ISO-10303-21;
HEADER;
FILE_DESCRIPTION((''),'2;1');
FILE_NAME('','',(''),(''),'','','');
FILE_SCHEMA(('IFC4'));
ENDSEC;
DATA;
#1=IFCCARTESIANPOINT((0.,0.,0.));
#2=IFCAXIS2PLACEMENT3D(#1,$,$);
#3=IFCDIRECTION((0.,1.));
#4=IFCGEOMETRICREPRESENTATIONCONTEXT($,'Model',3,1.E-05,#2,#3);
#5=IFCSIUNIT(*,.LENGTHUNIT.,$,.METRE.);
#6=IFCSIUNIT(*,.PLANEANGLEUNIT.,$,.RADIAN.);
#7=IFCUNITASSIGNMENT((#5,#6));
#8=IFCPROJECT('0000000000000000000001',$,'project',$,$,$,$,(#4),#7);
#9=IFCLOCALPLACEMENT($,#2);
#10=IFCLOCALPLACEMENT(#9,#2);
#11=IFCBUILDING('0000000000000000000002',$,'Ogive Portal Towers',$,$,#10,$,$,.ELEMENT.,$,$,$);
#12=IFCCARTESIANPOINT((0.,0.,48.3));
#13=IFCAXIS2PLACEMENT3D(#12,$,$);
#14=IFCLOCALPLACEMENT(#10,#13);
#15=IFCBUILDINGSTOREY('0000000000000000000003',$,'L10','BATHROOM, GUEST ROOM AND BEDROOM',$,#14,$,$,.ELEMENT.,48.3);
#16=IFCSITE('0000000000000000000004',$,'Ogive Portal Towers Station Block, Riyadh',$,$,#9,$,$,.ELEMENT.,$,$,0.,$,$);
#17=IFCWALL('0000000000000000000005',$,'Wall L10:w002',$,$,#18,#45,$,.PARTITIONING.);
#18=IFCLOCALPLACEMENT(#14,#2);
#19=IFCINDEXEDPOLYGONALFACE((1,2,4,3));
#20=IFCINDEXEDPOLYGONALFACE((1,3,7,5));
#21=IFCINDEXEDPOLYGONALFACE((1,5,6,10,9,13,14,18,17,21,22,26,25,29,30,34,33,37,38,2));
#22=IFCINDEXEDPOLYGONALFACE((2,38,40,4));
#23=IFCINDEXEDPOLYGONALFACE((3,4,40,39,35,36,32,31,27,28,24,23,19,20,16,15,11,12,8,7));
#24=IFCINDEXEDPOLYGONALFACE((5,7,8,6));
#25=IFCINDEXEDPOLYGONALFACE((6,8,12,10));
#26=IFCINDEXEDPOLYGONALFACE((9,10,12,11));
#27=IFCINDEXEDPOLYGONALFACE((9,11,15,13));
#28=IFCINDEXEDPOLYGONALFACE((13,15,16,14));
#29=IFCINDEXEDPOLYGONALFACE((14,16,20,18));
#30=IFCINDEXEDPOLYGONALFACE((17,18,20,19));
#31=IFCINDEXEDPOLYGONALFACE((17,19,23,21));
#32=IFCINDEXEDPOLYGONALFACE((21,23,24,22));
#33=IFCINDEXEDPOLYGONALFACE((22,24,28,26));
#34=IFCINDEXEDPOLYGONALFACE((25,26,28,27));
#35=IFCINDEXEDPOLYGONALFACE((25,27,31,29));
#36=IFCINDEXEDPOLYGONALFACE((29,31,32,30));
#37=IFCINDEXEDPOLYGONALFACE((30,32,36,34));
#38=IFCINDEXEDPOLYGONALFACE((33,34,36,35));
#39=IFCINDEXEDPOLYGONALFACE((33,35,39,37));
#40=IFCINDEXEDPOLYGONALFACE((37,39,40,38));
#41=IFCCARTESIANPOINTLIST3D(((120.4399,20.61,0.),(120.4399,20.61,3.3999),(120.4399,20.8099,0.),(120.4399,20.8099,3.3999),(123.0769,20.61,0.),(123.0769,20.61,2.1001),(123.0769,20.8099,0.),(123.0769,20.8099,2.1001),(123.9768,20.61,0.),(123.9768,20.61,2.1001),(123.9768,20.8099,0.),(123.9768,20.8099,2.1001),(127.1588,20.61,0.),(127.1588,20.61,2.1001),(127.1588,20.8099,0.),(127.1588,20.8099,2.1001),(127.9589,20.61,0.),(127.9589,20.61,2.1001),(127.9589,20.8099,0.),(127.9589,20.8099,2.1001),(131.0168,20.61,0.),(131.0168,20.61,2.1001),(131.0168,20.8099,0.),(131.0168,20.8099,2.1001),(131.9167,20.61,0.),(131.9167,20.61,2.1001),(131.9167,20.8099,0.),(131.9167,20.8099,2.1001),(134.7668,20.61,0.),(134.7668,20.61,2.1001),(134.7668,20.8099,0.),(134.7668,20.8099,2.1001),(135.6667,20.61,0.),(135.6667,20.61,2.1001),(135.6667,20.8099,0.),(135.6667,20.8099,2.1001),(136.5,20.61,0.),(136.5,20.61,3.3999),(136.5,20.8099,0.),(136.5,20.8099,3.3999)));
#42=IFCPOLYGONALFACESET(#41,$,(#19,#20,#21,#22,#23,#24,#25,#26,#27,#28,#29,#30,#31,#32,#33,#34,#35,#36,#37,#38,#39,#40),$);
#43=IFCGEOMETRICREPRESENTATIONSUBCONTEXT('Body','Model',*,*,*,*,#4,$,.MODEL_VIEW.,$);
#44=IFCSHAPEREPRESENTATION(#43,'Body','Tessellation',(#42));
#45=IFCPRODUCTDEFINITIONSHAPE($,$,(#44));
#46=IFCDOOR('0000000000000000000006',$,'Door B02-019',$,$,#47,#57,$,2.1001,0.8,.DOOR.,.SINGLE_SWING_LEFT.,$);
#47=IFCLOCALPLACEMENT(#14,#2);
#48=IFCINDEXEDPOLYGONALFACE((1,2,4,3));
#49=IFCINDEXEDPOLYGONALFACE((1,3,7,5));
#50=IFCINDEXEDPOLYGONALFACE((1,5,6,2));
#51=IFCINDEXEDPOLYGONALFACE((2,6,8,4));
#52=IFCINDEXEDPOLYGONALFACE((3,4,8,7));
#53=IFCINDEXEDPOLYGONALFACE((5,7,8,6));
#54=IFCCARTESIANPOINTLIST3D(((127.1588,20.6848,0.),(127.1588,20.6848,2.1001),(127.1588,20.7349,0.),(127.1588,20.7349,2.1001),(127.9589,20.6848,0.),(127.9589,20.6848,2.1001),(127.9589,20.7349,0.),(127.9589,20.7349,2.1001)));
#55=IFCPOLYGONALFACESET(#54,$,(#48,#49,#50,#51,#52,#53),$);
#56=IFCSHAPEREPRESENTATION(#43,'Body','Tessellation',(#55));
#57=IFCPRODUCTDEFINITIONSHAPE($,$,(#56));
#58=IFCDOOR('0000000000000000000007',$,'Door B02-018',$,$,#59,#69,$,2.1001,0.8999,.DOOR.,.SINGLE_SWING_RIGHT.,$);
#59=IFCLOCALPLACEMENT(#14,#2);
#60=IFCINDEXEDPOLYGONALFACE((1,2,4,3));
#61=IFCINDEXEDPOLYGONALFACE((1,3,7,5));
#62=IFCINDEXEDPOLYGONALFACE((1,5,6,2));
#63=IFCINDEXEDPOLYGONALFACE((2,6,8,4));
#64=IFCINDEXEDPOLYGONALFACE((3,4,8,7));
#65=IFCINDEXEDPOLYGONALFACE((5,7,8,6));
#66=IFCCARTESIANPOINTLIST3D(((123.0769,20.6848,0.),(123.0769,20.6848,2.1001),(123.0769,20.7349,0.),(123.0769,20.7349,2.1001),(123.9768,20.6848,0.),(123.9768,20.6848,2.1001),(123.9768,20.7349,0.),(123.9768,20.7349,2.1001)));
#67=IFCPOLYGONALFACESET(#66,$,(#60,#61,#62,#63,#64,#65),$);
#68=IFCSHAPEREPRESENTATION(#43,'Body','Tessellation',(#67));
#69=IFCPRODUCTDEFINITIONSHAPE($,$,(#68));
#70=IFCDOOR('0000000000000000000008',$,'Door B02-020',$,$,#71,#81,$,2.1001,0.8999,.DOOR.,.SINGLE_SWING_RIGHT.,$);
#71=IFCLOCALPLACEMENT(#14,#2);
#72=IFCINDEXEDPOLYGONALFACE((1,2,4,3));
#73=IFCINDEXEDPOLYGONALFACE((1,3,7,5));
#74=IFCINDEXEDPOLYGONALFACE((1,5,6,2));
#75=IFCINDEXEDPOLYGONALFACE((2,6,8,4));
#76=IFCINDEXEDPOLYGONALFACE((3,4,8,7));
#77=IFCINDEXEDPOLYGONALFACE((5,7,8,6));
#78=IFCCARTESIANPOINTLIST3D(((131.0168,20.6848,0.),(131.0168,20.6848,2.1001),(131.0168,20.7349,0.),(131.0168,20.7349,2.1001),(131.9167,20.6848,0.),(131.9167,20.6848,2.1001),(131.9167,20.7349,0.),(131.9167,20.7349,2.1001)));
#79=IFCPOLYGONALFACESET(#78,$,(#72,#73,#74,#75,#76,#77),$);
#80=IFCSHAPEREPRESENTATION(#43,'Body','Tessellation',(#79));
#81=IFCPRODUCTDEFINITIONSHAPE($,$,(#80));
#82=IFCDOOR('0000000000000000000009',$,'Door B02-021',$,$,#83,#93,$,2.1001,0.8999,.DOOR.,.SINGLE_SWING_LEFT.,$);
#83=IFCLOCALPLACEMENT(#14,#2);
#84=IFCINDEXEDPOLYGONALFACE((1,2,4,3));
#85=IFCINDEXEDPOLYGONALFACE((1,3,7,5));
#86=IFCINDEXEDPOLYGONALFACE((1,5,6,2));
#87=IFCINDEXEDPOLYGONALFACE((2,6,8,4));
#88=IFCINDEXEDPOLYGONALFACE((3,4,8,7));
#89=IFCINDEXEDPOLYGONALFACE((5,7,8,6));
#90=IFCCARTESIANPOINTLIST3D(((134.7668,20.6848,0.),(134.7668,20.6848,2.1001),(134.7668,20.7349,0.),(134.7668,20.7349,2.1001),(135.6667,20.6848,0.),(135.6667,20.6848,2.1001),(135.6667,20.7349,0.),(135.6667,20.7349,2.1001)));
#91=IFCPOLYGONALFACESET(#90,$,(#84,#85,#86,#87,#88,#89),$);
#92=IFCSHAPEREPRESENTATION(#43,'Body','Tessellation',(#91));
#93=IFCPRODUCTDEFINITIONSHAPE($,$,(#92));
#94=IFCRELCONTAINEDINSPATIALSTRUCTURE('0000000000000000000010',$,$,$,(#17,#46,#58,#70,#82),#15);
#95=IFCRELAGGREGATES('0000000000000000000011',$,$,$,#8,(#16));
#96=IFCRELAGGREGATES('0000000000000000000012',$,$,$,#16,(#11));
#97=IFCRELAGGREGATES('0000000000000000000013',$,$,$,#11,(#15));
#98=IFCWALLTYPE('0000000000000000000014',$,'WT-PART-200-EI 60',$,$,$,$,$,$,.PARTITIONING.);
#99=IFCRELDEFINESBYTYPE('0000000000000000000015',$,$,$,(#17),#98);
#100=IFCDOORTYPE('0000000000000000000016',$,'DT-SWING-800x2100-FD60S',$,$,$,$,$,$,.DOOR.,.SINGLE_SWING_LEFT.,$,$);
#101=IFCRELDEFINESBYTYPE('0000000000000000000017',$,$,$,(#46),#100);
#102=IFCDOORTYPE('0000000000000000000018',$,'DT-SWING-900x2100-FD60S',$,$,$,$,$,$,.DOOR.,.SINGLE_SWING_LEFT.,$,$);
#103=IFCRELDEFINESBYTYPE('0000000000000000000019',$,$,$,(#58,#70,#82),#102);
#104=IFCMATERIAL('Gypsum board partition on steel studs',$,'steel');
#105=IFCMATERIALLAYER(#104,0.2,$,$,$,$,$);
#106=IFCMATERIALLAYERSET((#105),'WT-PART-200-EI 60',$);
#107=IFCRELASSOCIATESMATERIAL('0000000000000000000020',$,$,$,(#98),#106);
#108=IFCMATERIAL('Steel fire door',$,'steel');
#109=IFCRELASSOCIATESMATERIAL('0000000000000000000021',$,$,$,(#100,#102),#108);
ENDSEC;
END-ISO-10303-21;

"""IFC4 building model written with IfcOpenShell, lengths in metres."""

from ifc_helpers import new_model, si_unit, direction, frame, frame_2d, origin, place, context, subcontext, project, spatial, rectangle, extrude, material, layer, layer_set, type_object, element, fill, save


model = new_model("IFC4")

# Units and contexts
model_context = context("Model", 3, precision=1e-05, world=origin(), true_north=direction((0.0, 1.0)))
body_context = subcontext(model_context, "Body", "Model", "MODEL_VIEW")
ifc_project = project(units=[si_unit("LENGTHUNIT", "METRE"), si_unit("PLANEANGLEUNIT", "RADIAN")], contexts=[model_context])

# Site, building, storey
site_placement = place(None, origin())
site = spatial("IfcSite", under=ifc_project, at=site_placement, Name="Ogive Portal Towers Station Block, Riyadh", CompositionType="ELEMENT", RefElevation=0.0)
building_placement = place(site_placement, origin())
building = spatial("IfcBuilding", under=site, at=building_placement, Name="Ogive Portal Towers", CompositionType="ELEMENT")
storey_placement = place(building_placement, frame((0.0, 0.0, 48.3)))
storey = spatial("IfcBuildingStorey", under=building, at=storey_placement, Name="L10", Description="BATHROOM, GUEST ROOM AND BEDROOM", CompositionType="ELEMENT", Elevation=48.3)

# Shared definitions
ifc_material_1 = material(Name="Steel fire door", Category="steel")

# Wall, openings, doors
ifc_material_2 = material(Name="Gypsum board partition on steel studs", Category="steel")
ifc_layer_1 = layer(ifc_material_2, 0.2)
ifc_layer_set_1 = layer_set([ifc_layer_1], Name="WT-PART-200-EI 60")
wall_type_1 = type_object("IfcWallType", Name="WT-PART-200-EI 60", PredefinedType="PARTITIONING", material=ifc_layer_set_1)
wall_1_placement = place(storey_placement, frame((120.4399, 20.71, 0.0), z_axis=(0.0, 0.0, 1.0), x_axis=(1.0, 0.0, 0.0)))
wall_1 = element("IfcWall", 1, at=wall_1_placement, inside=storey, type_object=wall_type_1, Name="Wall L10:w002", PredefinedType="PARTITIONING", context=body_context, shape_type="SweptSolid", body=[
    extrude(rectangle(XDim=16.0601, YDim=0.2, at=frame_2d((8.03, 0.0))), origin(), (0.0, 0.0, 1.0), 3.3999),
])
opening_1_placement = place(wall_1_placement, frame((2.637, 0.0, 0.0)))
opening_1 = element("IfcOpeningElement", 2, at=opening_1_placement, cuts=wall_1, PredefinedType="OPENING", context=body_context, shape_type="SweptSolid", body=[
    extrude(rectangle(XDim=0.8999, YDim=2.1001, at=frame_2d((0.45, 1.05))), frame((0.0, 0.1099, 0.0), z_axis=(0.0, -1.0, 0.0), x_axis=(1.0, 0.0, 0.0)), (0.0, 0.0, 1.0), 0.22),
])
opening_2_placement = place(wall_1_placement, frame((6.719, 0.0, 0.0)))
opening_2 = element("IfcOpeningElement", 3, at=opening_2_placement, cuts=wall_1, PredefinedType="OPENING", context=body_context, shape_type="SweptSolid", body=[
    extrude(rectangle(XDim=0.8, YDim=2.1001, at=frame_2d((0.3999, 1.05))), frame((0.0, 0.1099, 0.0), z_axis=(0.0, -1.0, 0.0), x_axis=(1.0, 0.0, 0.0)), (0.0, 0.0, 1.0), 0.22),
])
opening_3_placement = place(wall_1_placement, frame((10.5769, 0.0, 0.0)))
opening_3 = element("IfcOpeningElement", 4, at=opening_3_placement, cuts=wall_1, PredefinedType="OPENING", context=body_context, shape_type="SweptSolid", body=[
    extrude(rectangle(XDim=0.8999, YDim=2.1001, at=frame_2d((0.45, 1.05))), frame((0.0, 0.1099, 0.0), z_axis=(0.0, -1.0, 0.0), x_axis=(1.0, 0.0, 0.0)), (0.0, 0.0, 1.0), 0.22),
])
opening_4_placement = place(wall_1_placement, frame((14.3269, 0.0, 0.0)))
opening_4 = element("IfcOpeningElement", 5, at=opening_4_placement, cuts=wall_1, PredefinedType="OPENING", context=body_context, shape_type="SweptSolid", body=[
    extrude(rectangle(XDim=0.8999, YDim=2.1001, at=frame_2d((0.45, 1.05))), frame((0.0, 0.1099, 0.0), z_axis=(0.0, -1.0, 0.0), x_axis=(1.0, 0.0, 0.0)), (0.0, 0.0, 1.0), 0.22),
])
door_type_1 = type_object("IfcDoorType", Name="DT-SWING-800x2100-FD60S", OperationType="SINGLE_SWING_LEFT", PredefinedType="DOOR", material=ifc_material_1)
door_1_placement = place(opening_2_placement, origin())
door_1 = element("IfcDoor", 6, at=door_1_placement, inside=storey, type_object=door_type_1, Name="Door B02-019", OperationType="SINGLE_SWING_LEFT", OverallHeight=2.1001, OverallWidth=0.8, PredefinedType="DOOR", context=body_context, shape_type="SweptSolid", body=[
    extrude(rectangle(XDim=0.8, YDim=2.1001, at=frame_2d((0.3999, 1.05))), frame((0.0, 0.0249, 0.0), z_axis=(0.0, -1.0, 0.0), x_axis=(1.0, 0.0, 0.0)), (0.0, 0.0, 1.0), 0.05),
])
fill(opening_2, door_1)
door_type_2 = type_object("IfcDoorType", Name="DT-SWING-900x2100-FD60S", OperationType="SINGLE_SWING_LEFT", PredefinedType="DOOR", material=ifc_material_1)
door_2_placement = place(opening_1_placement, origin())
door_2 = element("IfcDoor", 7, at=door_2_placement, inside=storey, type_object=door_type_2, Name="Door B02-018", OperationType="SINGLE_SWING_RIGHT", OverallHeight=2.1001, OverallWidth=0.8999, PredefinedType="DOOR", context=body_context, shape_type="SweptSolid", body=[
    extrude(rectangle(XDim=0.8999, YDim=2.1001, at=frame_2d((0.45, 1.05))), frame((0.0, 0.0249, 0.0), z_axis=(0.0, -1.0, 0.0), x_axis=(1.0, 0.0, 0.0)), (0.0, 0.0, 1.0), 0.05),
])
fill(opening_1, door_2)
door_3_placement = place(opening_3_placement, origin())
door_3 = element("IfcDoor", 8, at=door_3_placement, inside=storey, type_object=door_type_2, Name="Door B02-020", OperationType="SINGLE_SWING_RIGHT", OverallHeight=2.1001, OverallWidth=0.8999, PredefinedType="DOOR", context=body_context, shape_type="SweptSolid", body=[
    extrude(rectangle(XDim=0.8999, YDim=2.1001, at=frame_2d((0.45, 1.05))), frame((0.0, 0.0249, 0.0), z_axis=(0.0, -1.0, 0.0), x_axis=(1.0, 0.0, 0.0)), (0.0, 0.0, 1.0), 0.05),
])
fill(opening_3, door_3)
door_4_placement = place(opening_4_placement, origin())
door_4 = element("IfcDoor", 9, at=door_4_placement, inside=storey, type_object=door_type_2, Name="Door B02-021", OperationType="SINGLE_SWING_LEFT", OverallHeight=2.1001, OverallWidth=0.8999, PredefinedType="DOOR", context=body_context, shape_type="SweptSolid", body=[
    extrude(rectangle(XDim=0.8999, YDim=2.1001, at=frame_2d((0.45, 1.05))), frame((0.0, 0.0249, 0.0), z_axis=(0.0, -1.0, 0.0), x_axis=(1.0, 0.0, 0.0)), (0.0, 0.0, 1.0), 0.05),
])
fill(opening_4, door_4)

save(model, "model.ifc")
